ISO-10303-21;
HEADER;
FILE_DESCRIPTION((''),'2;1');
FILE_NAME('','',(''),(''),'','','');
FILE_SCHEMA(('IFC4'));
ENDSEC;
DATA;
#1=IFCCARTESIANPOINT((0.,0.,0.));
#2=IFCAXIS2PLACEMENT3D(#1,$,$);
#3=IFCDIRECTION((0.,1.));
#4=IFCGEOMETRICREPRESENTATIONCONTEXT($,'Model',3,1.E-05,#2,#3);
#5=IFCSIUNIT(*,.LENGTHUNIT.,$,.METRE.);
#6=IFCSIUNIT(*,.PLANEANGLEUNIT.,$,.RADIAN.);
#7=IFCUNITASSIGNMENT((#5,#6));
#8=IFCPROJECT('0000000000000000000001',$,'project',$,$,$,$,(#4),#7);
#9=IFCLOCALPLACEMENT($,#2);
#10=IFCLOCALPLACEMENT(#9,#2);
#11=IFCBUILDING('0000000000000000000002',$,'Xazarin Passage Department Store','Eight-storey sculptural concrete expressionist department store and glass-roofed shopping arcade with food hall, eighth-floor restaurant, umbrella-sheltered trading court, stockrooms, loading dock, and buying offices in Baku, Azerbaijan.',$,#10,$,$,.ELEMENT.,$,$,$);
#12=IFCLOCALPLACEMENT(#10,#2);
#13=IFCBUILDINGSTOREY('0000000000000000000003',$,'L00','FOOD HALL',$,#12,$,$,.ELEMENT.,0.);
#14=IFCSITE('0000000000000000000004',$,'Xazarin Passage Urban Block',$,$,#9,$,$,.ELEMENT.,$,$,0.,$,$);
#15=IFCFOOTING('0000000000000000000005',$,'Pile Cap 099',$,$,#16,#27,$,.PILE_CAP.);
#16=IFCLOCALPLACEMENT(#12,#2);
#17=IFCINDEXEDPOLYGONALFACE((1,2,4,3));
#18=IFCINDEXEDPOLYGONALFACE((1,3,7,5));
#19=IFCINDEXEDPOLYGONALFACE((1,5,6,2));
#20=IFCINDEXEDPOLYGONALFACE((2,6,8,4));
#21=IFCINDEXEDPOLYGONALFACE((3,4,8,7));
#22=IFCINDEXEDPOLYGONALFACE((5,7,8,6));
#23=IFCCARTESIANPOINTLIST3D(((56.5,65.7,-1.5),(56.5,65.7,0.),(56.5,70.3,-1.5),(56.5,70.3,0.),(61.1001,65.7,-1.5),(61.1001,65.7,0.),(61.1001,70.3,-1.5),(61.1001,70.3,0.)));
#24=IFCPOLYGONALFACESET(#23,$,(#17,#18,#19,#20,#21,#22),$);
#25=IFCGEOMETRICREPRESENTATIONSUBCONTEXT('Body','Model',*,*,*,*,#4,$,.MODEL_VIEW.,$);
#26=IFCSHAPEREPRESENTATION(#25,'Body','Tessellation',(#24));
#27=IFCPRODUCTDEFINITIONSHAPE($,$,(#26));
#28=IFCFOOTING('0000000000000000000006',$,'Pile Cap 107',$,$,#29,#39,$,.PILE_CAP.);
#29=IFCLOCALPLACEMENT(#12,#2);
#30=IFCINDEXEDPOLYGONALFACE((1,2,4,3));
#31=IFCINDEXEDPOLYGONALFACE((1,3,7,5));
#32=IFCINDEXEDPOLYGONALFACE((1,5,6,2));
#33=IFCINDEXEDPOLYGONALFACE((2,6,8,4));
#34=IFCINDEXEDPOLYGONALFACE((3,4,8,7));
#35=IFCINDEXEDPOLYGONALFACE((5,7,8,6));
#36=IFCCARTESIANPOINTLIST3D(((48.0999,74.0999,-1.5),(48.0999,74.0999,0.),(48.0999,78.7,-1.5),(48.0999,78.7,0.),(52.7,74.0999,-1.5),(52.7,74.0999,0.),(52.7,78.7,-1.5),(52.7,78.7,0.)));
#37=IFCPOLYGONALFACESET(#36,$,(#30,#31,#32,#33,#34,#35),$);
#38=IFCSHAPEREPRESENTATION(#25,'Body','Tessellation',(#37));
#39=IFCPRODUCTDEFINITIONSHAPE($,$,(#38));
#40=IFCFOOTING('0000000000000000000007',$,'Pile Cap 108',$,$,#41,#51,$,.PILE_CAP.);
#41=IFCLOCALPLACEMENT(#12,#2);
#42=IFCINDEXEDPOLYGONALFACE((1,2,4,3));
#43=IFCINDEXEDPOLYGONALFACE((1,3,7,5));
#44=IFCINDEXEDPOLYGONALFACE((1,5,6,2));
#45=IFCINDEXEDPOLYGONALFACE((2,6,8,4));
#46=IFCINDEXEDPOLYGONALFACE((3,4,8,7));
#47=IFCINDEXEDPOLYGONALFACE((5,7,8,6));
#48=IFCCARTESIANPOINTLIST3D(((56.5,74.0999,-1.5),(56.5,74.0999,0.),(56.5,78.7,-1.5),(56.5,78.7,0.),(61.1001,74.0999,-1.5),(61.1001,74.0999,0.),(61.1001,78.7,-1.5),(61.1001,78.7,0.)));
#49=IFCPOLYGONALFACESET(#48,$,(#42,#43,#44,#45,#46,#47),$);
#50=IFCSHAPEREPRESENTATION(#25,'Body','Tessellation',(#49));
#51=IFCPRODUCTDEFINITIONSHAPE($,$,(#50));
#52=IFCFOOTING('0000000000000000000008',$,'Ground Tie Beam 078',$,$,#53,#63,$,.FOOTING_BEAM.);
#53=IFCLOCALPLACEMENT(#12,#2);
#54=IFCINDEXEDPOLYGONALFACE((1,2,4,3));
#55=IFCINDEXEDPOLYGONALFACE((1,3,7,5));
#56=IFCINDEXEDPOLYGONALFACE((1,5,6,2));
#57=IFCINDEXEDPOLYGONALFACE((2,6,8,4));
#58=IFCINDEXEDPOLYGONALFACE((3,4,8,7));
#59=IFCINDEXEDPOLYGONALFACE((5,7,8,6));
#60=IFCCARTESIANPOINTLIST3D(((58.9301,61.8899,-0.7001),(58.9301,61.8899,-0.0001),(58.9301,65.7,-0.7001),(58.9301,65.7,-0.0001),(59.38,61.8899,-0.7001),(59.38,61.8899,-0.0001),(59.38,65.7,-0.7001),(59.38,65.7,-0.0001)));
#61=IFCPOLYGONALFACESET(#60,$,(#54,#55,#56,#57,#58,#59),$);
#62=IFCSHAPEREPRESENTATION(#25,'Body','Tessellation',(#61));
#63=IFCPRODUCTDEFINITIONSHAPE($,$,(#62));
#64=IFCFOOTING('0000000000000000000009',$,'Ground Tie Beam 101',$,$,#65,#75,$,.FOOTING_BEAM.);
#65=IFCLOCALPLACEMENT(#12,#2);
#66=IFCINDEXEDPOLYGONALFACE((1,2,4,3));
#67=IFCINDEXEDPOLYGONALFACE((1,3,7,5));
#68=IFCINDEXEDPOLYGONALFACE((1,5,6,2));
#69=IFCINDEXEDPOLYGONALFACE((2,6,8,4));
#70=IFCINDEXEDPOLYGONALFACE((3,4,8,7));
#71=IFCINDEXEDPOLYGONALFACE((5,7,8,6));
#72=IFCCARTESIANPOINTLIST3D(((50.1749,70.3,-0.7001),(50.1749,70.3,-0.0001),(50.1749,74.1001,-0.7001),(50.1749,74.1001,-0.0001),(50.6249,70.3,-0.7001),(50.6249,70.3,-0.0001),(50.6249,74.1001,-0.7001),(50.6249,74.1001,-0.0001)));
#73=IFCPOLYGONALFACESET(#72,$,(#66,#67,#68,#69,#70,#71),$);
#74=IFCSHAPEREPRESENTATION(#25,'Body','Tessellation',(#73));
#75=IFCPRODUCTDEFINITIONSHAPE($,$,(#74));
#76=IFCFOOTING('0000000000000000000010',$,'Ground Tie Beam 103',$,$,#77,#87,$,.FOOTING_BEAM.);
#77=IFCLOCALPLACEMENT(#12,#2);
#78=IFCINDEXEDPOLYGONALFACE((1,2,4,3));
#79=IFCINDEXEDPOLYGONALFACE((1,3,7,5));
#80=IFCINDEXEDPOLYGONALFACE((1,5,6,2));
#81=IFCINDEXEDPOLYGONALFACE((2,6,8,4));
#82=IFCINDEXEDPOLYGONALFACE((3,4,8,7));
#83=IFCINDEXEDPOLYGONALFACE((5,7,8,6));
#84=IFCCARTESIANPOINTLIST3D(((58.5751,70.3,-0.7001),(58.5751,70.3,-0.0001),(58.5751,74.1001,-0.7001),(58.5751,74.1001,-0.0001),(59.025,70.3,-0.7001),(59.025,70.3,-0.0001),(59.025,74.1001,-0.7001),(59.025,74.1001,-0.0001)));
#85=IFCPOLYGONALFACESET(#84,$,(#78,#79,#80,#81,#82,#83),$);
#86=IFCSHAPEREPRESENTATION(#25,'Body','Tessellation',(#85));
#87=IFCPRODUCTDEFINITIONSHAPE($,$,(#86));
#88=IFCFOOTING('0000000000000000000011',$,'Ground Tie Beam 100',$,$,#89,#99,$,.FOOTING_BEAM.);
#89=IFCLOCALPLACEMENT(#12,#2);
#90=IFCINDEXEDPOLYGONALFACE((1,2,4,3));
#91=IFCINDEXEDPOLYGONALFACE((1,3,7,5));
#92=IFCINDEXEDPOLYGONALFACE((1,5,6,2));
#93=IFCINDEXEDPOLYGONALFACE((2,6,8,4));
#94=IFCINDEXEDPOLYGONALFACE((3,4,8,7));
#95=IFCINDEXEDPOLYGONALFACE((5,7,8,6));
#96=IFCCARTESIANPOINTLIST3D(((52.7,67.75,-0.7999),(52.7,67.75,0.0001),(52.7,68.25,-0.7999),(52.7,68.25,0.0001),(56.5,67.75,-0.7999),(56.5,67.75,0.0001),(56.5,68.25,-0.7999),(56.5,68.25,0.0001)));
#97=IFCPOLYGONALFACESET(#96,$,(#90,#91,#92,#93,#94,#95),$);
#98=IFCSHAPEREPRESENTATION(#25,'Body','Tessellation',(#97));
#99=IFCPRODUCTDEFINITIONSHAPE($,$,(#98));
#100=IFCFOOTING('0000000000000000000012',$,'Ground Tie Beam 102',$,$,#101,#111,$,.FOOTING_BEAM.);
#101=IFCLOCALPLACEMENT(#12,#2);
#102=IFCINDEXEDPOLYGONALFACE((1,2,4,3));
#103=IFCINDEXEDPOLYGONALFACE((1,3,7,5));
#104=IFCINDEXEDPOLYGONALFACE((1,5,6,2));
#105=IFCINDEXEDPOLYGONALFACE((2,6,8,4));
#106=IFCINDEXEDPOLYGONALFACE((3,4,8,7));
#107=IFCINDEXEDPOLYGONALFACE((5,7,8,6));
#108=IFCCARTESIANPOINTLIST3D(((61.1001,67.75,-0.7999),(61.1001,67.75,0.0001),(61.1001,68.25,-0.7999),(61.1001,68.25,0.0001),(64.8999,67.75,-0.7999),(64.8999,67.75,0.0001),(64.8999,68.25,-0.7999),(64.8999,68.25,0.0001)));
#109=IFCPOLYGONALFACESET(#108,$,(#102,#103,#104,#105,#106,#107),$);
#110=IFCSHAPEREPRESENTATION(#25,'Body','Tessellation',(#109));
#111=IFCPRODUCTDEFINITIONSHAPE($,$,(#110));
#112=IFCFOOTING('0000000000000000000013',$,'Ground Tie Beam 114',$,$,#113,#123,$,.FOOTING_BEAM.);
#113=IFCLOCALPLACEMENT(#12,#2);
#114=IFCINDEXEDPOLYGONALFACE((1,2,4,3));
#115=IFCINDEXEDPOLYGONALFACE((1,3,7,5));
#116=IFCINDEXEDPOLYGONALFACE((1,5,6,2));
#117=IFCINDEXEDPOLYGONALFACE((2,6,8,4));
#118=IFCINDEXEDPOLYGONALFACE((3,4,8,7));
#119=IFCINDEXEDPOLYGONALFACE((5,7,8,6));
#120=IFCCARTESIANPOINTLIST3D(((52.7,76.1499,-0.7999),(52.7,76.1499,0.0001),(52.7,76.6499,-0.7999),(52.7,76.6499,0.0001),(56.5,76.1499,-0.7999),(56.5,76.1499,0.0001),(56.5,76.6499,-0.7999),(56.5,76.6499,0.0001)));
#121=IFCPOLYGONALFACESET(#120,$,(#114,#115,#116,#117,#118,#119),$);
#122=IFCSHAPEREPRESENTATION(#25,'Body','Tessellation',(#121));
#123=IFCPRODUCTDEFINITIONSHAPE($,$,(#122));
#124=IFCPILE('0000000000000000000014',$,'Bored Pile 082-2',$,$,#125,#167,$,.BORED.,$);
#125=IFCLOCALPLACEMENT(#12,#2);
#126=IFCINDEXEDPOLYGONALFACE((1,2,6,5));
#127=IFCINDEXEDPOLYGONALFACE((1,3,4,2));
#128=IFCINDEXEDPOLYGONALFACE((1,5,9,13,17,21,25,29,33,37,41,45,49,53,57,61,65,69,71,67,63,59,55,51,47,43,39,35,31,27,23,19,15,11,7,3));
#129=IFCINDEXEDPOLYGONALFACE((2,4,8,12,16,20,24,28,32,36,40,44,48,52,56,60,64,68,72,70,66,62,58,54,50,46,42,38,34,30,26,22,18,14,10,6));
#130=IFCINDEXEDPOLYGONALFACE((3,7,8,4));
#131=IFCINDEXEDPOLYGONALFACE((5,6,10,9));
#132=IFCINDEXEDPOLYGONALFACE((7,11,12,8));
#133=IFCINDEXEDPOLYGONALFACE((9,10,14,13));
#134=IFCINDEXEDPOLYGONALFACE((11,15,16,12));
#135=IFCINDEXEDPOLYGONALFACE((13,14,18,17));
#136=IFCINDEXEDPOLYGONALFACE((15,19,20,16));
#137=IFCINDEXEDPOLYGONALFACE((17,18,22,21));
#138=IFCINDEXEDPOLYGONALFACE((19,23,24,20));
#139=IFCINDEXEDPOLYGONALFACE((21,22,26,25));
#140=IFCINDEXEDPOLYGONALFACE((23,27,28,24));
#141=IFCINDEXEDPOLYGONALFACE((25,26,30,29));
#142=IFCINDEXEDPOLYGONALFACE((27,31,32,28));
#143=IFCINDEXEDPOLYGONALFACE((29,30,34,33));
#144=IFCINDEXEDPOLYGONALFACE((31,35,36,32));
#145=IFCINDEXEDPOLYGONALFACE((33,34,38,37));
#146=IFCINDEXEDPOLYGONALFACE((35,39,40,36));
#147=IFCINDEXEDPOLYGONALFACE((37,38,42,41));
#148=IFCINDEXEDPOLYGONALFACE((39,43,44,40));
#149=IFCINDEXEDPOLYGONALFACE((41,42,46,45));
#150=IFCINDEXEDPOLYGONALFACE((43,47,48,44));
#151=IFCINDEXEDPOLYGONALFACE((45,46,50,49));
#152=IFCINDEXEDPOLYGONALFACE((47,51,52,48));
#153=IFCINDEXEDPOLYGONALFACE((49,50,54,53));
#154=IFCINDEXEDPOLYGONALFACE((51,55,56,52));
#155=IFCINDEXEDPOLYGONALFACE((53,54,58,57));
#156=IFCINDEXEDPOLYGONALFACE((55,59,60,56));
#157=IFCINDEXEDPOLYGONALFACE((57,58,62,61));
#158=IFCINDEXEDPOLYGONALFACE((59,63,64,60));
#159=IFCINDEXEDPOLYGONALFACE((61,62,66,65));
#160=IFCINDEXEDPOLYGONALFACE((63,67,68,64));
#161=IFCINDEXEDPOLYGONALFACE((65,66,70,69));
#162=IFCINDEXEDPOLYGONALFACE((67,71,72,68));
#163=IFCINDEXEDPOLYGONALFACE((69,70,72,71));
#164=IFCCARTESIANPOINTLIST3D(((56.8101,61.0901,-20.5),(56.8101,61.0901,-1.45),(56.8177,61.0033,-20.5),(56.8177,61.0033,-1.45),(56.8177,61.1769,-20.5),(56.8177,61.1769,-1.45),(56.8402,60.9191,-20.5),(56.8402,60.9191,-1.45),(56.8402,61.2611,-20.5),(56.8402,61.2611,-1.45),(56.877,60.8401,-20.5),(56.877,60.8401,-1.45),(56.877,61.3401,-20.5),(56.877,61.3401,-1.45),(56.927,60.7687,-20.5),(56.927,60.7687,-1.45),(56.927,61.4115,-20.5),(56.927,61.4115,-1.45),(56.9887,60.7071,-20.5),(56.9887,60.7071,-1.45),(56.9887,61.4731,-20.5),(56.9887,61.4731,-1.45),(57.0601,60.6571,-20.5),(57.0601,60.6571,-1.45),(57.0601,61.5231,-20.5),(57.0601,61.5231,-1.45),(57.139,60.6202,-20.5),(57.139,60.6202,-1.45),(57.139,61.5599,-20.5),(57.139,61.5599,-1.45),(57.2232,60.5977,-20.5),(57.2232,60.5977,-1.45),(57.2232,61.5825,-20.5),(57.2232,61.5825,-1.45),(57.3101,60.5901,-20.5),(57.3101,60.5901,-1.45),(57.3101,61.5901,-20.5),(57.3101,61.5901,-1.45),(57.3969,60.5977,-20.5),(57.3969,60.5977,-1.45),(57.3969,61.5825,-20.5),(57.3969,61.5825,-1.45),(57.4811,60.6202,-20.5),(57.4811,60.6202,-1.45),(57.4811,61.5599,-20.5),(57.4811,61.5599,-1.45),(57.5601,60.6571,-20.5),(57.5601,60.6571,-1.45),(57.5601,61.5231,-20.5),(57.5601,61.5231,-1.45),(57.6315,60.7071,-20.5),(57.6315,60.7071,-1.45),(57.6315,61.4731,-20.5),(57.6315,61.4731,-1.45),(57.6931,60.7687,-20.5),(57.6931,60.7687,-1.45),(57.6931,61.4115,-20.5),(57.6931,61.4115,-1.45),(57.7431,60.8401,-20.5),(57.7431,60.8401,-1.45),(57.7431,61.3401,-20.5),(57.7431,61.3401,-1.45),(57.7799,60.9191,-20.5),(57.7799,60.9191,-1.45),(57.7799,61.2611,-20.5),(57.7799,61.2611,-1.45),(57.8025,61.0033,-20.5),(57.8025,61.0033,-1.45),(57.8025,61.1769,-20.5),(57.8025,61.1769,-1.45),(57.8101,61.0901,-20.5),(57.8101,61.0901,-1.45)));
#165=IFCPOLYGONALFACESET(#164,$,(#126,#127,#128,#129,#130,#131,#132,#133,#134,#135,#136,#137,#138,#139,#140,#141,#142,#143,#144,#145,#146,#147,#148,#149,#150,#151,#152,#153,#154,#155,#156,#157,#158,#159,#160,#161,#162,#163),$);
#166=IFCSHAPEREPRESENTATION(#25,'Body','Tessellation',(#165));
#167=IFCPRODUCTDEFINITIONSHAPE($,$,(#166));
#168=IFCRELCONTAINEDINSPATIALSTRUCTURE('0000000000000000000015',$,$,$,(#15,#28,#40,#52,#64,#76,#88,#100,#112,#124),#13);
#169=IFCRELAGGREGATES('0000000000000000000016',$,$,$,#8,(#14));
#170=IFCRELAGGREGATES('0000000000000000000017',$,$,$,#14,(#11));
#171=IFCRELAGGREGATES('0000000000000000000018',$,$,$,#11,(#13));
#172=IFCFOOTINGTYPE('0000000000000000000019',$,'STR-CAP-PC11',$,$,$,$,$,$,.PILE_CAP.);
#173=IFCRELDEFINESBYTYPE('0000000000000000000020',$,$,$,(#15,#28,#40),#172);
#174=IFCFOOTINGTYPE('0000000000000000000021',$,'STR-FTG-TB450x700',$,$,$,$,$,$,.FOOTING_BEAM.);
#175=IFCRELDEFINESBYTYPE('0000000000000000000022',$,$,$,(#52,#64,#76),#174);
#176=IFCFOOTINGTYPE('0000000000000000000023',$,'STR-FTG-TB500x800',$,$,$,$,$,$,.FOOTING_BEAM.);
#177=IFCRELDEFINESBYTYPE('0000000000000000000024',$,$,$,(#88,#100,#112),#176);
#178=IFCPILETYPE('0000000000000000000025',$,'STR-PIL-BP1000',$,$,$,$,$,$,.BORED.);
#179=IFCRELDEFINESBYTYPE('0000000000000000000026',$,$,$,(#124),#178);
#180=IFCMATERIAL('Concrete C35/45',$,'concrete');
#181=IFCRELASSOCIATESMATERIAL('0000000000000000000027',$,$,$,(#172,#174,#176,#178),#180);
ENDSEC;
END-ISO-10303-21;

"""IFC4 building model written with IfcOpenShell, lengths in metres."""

from ifc_helpers import new_model, si_unit, direction, frame, origin, origin_2d, place, context, subcontext, project, spatial, rectangle, circle, extrude, material, material_profile, profile_set, type_object, element, save


model = new_model("IFC4")

# Units and contexts
model_context = context("Model", 3, precision=1e-05, world=origin(), true_north=direction((0.0, 1.0)))
body_context = subcontext(model_context, "Body", "Model", "MODEL_VIEW")
ifc_project = project(units=[si_unit("LENGTHUNIT", "METRE"), si_unit("PLANEANGLEUNIT", "RADIAN")], contexts=[model_context])

# Site, building, storey
site_placement = place(None, origin())
site = spatial("IfcSite", under=ifc_project, at=site_placement, Name="Xazarin Passage Urban Block", CompositionType="ELEMENT", RefElevation=0.0)
building_placement = place(site_placement, origin())
building = spatial("IfcBuilding", under=site, at=building_placement, Name="Xazarin Passage Department Store", Description="Eight-storey sculptural concrete expressionist department store and glass-roofed shopping arcade with food hall, eighth-floor restaurant, umbrella-sheltered trading court, stockrooms, loading dock, and buying offices in Baku, Azerbaijan.", CompositionType="ELEMENT")
storey_placement = place(building_placement, origin())
storey = spatial("IfcBuildingStorey", under=building, at=storey_placement, Name="L00", Description="FOOD HALL", CompositionType="ELEMENT", Elevation=0.0)

# Footings
ifc_material_1 = material(Name="Concrete C35/45", Category="concrete")
footing_type_1 = type_object("IfcFootingType", Name="STR-CAP-PC11", PredefinedType="PILE_CAP", material=ifc_material_1)
for number, where, z_axis, x_axis, name in (
    (1, (58.8, 68.0, -1.5), (0.0, 0.0, 1.0), (1.0, 0.0, 0.0), "Pile Cap 099"),
    (2, (50.3999, 76.3999, -1.5), (0.0, 0.0, 1.0), (1.0, 0.0, 0.0), "Pile Cap 107"),
    (3, (58.8, 76.3999, -1.5), (0.0, 0.0, 1.0), (1.0, 0.0, 0.0), "Pile Cap 108"),
):
    element("IfcFooting", number, at=place(storey_placement, frame(where, z_axis=z_axis, x_axis=x_axis)), inside=storey, type_object=footing_type_1, Name=name, PredefinedType="PILE_CAP", context=body_context, shape_type="SweptSolid", body=[
        extrude(rectangle(XDim=4.6001, YDim=4.6001, at=origin_2d()), origin(), (0.0, 0.0, 1.0), 1.5),
    ])
ifc_material_profile_1 = material_profile(ifc_material_1, rectangle(XDim=0.45, YDim=0.7, at=origin_2d()), Name="RC 450x700")
ifc_profile_set_1 = profile_set([ifc_material_profile_1], Name="Concrete C35/45")
footing_type_2 = type_object("IfcFootingType", Name="STR-FTG-TB450x700", PredefinedType="FOOTING_BEAM", material=ifc_profile_set_1)
footing_1_placement = place(storey_placement, frame((59.155, 61.8899, -0.3501), z_axis=(0.0, 1.0, 0.0), x_axis=(-1.0, 0.0, 0.0)))
element("IfcFooting", 4, at=footing_1_placement, inside=storey, type_object=footing_type_2, Name="Ground Tie Beam 078", PredefinedType="FOOTING_BEAM", context=body_context, shape_type="SweptSolid", body=[
    extrude(rectangle(XDim=0.45, YDim=0.7, at=origin_2d()), origin(), (0.0, 0.0, 1.0), 3.8101),
])
for number, where, z_axis, x_axis, name in (
    (5, (50.3999, 70.3, -0.3501), (0.0, 1.0, 0.0), (-1.0, 0.0, 0.0), "Ground Tie Beam 101"),
    (6, (58.8, 70.3, -0.3501), (0.0, 1.0, 0.0), (-1.0, 0.0, 0.0), "Ground Tie Beam 103"),
):
    element("IfcFooting", number, at=place(storey_placement, frame(where, z_axis=z_axis, x_axis=x_axis)), inside=storey, type_object=footing_type_2, Name=name, PredefinedType="FOOTING_BEAM", context=body_context, shape_type="SweptSolid", body=[
        extrude(rectangle(XDim=0.45, YDim=0.7, at=origin_2d()), origin(), (0.0, 0.0, 1.0), 3.8),
    ])
ifc_material_profile_2 = material_profile(ifc_material_1, rectangle(XDim=0.5, YDim=0.8, at=origin_2d()), Name="RC 500x800")
ifc_profile_set_2 = profile_set([ifc_material_profile_2], Name="Concrete C35/45")
footing_type_3 = type_object("IfcFootingType", Name="STR-FTG-TB500x800", PredefinedType="FOOTING_BEAM", material=ifc_profile_set_2)
footing_2_placement = place(storey_placement, frame((52.7, 68.0, -0.3999), z_axis=(1.0, 0.0, 0.0), x_axis=(0.0, 1.0, 0.0)))
element("IfcFooting", 7, at=footing_2_placement, inside=storey, type_object=footing_type_3, Name="Ground Tie Beam 100", PredefinedType="FOOTING_BEAM", context=body_context, shape_type="SweptSolid", body=[
    extrude(rectangle(XDim=0.5, YDim=0.8, at=origin_2d()), origin(), (0.0, 0.0, 1.0), 3.8),
])
footing_3_placement = place(storey_placement, frame((61.1001, 68.0, -0.3999), z_axis=(1.0, 0.0, 0.0), x_axis=(0.0, 1.0, 0.0)))
element("IfcFooting", 8, at=footing_3_placement, inside=storey, type_object=footing_type_3, Name="Ground Tie Beam 102", PredefinedType="FOOTING_BEAM", context=body_context, shape_type="SweptSolid", body=[
    extrude(rectangle(XDim=0.5, YDim=0.8, at=origin_2d()), origin(), (0.0, 0.0, 1.0), 3.7998),
])
footing_4_placement = place(storey_placement, frame((52.7, 76.3999, -0.3999), z_axis=(1.0, 0.0, 0.0), x_axis=(0.0, 1.0, 0.0)))
element("IfcFooting", 9, at=footing_4_placement, inside=storey, type_object=footing_type_3, Name="Ground Tie Beam 114", PredefinedType="FOOTING_BEAM", context=body_context, shape_type="SweptSolid", body=[
    extrude(rectangle(XDim=0.5, YDim=0.8, at=origin_2d()), origin(), (0.0, 0.0, 1.0), 3.8),
])

# Pile
ifc_material_profile_3 = material_profile(ifc_material_1, circle(Radius=0.5, at=origin_2d()), Name="BP 1000")
ifc_profile_set_3 = profile_set([ifc_material_profile_3], Name="Concrete C35/45")
pile_type_1 = type_object("IfcPileType", Name="STR-PIL-BP1000", PredefinedType="BORED", material=ifc_profile_set_3)
pile_1_placement = place(storey_placement, frame((57.3101, 61.0901, -1.45), z_axis=(0.0, 0.0, -1.0), x_axis=(1.0, 0.0, 0.0)))
element("IfcPile", 10, at=pile_1_placement, inside=storey, type_object=pile_type_1, Name="Bored Pile 082-2", PredefinedType="BORED", context=body_context, shape_type="SweptSolid", body=[
    extrude(circle(Radius=0.5, at=origin_2d()), origin(), (0.0, 0.0, 1.0), 19.05),
])

save(model, "model.ifc")
